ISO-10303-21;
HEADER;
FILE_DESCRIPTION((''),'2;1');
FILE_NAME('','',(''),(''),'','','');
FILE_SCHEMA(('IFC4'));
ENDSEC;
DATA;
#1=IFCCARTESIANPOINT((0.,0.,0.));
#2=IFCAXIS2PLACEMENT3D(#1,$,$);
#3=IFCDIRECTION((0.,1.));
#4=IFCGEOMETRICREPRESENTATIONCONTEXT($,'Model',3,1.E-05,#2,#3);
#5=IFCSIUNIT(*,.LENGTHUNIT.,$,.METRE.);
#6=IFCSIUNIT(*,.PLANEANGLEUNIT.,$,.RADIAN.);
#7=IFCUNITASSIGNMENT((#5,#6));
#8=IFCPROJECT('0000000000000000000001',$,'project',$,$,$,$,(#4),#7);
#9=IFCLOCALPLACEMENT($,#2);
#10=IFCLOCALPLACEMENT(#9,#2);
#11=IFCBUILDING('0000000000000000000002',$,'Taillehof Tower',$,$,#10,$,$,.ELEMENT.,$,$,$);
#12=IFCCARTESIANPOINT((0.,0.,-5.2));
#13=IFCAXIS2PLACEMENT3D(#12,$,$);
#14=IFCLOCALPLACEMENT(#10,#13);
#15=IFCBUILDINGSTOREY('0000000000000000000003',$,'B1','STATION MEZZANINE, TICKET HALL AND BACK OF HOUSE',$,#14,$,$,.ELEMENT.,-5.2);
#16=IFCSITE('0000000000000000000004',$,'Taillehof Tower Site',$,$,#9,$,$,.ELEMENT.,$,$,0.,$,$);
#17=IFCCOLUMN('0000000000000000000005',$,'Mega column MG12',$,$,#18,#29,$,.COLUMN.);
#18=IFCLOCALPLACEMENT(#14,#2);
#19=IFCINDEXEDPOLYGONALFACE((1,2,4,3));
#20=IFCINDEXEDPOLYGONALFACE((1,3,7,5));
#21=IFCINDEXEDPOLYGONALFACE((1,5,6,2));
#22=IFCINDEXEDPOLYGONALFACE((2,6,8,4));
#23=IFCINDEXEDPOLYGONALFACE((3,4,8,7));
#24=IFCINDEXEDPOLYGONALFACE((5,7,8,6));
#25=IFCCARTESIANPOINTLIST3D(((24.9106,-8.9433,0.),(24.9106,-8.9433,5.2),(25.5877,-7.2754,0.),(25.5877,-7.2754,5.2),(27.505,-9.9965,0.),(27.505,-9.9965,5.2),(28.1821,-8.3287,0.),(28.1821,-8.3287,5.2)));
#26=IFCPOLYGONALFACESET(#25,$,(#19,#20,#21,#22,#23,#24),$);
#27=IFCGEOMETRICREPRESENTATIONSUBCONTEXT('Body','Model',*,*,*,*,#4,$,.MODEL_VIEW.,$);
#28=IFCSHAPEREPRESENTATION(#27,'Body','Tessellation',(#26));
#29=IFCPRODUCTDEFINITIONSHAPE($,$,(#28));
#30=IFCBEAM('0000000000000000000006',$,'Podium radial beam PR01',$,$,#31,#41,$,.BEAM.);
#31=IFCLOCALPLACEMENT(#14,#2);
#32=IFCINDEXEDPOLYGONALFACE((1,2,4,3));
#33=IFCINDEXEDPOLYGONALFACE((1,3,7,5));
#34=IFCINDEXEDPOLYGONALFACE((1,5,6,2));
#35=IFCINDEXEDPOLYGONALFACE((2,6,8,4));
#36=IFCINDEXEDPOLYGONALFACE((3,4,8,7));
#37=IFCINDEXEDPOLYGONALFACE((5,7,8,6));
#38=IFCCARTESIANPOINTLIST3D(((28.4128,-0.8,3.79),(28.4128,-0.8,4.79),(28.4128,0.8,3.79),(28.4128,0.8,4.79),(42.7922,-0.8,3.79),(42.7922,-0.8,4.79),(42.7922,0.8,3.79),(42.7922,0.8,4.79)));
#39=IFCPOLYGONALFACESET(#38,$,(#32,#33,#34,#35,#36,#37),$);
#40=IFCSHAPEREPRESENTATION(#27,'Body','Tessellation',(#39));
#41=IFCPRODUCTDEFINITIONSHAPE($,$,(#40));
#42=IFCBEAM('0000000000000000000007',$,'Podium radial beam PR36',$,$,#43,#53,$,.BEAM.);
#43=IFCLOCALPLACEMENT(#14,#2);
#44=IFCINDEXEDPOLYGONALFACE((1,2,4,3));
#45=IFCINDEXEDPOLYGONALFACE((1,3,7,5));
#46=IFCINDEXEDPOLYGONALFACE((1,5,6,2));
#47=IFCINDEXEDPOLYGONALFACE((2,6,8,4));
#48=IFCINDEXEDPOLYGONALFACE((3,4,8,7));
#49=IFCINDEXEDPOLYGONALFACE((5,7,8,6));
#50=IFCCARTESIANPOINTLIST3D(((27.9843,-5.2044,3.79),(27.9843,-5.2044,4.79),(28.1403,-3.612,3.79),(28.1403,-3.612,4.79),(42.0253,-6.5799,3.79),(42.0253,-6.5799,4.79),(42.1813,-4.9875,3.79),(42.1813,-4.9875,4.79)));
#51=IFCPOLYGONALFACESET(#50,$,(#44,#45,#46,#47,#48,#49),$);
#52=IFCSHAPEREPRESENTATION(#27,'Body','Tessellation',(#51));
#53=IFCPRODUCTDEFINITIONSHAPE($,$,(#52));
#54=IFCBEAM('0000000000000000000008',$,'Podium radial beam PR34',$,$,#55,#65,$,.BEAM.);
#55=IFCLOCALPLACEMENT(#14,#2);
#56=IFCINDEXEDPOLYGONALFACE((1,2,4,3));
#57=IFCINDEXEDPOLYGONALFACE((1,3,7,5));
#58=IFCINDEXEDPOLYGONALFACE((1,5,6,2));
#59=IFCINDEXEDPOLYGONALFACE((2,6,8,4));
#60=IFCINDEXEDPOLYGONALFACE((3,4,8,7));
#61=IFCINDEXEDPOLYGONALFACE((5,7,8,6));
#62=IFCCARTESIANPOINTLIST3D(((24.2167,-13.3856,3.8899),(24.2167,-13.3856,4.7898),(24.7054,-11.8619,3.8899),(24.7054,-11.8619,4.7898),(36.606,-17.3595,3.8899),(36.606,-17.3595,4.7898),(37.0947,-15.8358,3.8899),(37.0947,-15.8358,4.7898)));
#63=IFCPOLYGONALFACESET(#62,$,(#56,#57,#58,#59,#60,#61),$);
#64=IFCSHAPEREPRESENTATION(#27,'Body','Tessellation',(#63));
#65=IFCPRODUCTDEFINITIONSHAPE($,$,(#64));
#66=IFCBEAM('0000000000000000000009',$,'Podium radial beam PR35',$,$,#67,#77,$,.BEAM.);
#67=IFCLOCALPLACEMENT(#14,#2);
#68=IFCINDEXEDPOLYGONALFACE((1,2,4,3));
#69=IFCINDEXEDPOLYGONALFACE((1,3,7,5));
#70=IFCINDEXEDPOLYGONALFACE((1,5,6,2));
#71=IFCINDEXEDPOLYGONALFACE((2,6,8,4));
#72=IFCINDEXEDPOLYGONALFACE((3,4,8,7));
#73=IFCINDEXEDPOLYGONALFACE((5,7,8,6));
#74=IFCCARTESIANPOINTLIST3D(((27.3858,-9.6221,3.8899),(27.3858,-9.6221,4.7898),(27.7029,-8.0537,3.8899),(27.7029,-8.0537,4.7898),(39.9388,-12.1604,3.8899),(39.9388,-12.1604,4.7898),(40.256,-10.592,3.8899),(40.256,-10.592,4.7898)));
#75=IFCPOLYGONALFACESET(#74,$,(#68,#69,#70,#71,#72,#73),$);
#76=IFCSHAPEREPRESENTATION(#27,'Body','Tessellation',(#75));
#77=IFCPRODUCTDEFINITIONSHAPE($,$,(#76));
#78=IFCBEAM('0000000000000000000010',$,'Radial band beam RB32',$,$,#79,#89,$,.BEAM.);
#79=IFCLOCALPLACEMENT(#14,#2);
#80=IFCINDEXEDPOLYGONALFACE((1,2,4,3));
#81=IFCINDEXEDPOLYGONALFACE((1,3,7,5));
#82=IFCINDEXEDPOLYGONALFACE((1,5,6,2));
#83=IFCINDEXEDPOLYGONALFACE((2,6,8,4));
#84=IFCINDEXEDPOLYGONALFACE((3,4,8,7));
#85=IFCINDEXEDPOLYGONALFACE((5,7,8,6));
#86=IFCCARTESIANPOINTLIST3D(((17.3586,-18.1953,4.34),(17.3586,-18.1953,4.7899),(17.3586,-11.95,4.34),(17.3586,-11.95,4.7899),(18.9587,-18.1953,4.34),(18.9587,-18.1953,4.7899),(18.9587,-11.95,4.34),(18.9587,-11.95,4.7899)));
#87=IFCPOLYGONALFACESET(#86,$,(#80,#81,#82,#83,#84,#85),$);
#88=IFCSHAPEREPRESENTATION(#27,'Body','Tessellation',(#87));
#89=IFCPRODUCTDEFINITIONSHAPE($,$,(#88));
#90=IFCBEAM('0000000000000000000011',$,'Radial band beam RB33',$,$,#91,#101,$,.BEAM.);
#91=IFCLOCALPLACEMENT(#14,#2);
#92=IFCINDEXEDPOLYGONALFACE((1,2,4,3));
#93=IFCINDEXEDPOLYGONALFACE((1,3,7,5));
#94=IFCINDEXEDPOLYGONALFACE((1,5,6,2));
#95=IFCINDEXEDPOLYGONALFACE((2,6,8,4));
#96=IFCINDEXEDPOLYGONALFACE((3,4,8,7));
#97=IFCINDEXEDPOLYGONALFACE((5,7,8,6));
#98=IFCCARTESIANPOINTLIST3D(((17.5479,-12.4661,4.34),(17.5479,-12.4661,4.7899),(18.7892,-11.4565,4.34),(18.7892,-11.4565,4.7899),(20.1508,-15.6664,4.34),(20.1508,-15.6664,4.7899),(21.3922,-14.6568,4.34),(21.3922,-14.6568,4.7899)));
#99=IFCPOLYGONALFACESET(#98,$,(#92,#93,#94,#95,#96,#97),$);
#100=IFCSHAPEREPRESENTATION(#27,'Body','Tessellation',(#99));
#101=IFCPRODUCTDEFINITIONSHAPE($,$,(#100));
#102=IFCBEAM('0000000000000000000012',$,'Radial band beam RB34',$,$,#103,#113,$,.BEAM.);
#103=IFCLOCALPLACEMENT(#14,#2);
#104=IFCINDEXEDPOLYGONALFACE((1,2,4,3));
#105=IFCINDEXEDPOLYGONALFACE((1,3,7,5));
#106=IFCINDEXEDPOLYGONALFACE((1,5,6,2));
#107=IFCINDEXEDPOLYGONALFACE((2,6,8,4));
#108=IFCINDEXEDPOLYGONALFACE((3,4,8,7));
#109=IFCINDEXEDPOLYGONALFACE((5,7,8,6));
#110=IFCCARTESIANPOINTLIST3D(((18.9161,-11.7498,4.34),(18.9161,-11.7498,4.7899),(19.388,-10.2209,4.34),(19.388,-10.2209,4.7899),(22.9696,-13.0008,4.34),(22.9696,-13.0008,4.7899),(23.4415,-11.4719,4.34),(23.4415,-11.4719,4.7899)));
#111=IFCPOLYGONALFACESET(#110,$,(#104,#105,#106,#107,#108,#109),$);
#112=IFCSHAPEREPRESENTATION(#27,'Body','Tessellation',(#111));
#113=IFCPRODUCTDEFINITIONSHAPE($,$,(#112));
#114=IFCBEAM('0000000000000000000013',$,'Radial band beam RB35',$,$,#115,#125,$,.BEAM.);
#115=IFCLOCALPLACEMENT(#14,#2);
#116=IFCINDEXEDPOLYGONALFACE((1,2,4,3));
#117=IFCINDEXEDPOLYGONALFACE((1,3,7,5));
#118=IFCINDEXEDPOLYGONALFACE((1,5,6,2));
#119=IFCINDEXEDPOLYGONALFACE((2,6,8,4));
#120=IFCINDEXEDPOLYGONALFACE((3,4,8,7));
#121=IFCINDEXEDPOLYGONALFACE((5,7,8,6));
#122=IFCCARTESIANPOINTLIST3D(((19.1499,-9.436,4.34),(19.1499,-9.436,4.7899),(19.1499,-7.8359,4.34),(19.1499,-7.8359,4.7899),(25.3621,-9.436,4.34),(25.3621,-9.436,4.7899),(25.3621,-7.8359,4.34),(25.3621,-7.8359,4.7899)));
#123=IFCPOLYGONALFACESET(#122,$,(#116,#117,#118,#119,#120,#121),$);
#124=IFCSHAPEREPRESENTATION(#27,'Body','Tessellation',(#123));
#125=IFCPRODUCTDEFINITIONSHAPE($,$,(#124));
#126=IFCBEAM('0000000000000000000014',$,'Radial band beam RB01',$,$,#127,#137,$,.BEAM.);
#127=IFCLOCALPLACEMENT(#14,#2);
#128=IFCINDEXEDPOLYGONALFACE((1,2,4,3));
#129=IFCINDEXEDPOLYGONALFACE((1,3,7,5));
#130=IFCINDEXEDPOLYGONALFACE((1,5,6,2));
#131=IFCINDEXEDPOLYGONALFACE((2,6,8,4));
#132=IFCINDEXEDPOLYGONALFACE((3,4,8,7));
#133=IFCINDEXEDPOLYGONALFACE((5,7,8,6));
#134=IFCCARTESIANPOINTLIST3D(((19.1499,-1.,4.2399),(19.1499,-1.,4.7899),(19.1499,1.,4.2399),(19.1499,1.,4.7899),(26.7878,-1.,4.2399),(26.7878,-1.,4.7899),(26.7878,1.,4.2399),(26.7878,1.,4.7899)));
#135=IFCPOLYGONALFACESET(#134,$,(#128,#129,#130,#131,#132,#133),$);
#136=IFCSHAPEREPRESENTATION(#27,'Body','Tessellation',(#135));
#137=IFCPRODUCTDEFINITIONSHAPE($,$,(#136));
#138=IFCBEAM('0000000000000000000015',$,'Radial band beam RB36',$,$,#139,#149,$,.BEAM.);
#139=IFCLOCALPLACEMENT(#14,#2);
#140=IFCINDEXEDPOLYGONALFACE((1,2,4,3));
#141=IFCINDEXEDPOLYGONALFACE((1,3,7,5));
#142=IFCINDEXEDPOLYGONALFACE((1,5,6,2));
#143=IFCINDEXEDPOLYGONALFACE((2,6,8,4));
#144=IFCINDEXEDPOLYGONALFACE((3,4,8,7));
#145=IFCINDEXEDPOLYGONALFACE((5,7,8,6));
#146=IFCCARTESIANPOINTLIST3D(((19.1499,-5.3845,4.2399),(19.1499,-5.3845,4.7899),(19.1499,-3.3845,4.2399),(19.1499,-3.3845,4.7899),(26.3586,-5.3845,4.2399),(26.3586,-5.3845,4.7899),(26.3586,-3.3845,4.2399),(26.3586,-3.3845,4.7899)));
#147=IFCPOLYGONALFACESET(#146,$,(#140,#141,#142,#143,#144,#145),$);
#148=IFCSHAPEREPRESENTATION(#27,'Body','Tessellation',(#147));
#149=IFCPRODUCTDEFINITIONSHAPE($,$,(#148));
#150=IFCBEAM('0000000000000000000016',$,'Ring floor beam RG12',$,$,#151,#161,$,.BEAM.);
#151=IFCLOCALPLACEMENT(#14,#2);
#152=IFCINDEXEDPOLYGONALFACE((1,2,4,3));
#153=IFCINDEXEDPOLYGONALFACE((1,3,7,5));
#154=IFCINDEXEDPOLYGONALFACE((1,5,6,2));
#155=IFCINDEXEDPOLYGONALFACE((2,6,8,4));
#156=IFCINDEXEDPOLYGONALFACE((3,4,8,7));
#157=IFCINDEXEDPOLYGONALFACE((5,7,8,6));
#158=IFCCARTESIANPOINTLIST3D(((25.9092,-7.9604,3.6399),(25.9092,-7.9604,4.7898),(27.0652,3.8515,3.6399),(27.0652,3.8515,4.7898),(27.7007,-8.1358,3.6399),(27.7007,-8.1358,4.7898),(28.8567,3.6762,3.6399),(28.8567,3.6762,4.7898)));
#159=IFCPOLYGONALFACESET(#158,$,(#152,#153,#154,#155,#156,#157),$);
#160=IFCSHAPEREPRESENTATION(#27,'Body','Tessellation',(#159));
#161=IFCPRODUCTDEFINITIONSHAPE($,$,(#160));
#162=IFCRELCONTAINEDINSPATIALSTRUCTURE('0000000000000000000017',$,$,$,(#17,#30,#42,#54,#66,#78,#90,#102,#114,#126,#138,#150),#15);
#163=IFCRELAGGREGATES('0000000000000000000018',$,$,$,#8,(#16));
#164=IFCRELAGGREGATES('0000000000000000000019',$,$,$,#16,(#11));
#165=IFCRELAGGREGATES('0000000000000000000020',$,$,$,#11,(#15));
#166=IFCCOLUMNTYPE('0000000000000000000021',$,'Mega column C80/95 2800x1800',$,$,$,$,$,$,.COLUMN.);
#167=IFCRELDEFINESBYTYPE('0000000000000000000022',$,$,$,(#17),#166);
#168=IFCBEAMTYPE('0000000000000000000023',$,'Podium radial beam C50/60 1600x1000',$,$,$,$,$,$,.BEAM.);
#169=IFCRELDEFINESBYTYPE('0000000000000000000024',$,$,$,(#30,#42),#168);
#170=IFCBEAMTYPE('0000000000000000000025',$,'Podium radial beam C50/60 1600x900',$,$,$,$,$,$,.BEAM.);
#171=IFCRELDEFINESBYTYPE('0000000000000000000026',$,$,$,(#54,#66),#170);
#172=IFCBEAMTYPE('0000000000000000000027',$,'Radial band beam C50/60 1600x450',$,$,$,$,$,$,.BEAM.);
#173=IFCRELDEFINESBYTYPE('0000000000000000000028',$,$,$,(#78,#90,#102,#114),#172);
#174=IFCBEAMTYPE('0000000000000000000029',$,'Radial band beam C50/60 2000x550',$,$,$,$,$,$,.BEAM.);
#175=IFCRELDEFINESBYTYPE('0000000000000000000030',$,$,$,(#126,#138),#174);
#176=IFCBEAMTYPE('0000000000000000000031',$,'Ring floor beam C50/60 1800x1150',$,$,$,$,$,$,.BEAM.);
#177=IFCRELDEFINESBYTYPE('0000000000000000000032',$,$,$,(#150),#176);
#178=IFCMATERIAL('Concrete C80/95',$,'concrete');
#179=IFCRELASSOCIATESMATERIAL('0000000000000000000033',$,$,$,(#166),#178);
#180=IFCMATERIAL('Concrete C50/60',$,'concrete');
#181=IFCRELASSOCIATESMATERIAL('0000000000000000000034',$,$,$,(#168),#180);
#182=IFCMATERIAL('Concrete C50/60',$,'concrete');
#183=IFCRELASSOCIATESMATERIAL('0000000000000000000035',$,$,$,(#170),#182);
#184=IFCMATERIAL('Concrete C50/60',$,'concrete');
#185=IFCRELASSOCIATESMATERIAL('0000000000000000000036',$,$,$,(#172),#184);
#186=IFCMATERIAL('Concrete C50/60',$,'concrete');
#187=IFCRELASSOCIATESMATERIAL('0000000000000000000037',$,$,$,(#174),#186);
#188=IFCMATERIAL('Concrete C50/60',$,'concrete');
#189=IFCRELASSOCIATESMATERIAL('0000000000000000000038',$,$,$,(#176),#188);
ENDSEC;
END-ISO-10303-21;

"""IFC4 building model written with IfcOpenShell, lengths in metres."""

from ifc_helpers import new_model, si_unit, direction, frame, origin, origin_2d, place, context, subcontext, project, spatial, rectangle, extrude, material, material_profile, profile_set, type_object, element, save


model = new_model("IFC4")

# Units and contexts
model_context = context("Model", 3, precision=1e-05, world=origin(), true_north=direction((0.0, 1.0)))
body_context = subcontext(model_context, "Body", "Model", "MODEL_VIEW")
ifc_project = project(units=[si_unit("LENGTHUNIT", "METRE"), si_unit("PLANEANGLEUNIT", "RADIAN")], contexts=[model_context])

# Site, building, storey
site_placement = place(None, origin())
site = spatial("IfcSite", under=ifc_project, at=site_placement, Name="Taillehof Tower Site", CompositionType="ELEMENT", RefElevation=0.0)
building_placement = place(site_placement, origin())
building = spatial("IfcBuilding", under=site, at=building_placement, Name="Taillehof Tower", CompositionType="ELEMENT")
storey_placement = place(building_placement, frame((0.0, 0.0, -5.2)))
storey = spatial("IfcBuildingStorey", under=building, at=storey_placement, Name="B1", Description="STATION MEZZANINE, TICKET HALL AND BACK OF HOUSE", CompositionType="ELEMENT", Elevation=-5.2)

# Column
ifc_material_1 = material(Name="Concrete C80/95", Category="concrete")
ifc_material_profile_1 = material_profile(ifc_material_1, rectangle(XDim=2.8, YDim=1.8, at=origin_2d()), Name="RC 2800x1800")
ifc_profile_set_1 = profile_set([ifc_material_profile_1], Name="Concrete C80/95")
column_type = type_object("IfcColumnType", Name="Mega column C80/95 2800x1800", PredefinedType="COLUMN", material=ifc_profile_set_1)
column_placement = place(storey_placement, frame((26.5464, -8.636, 0.0), z_axis=(0.0, 0.0, 1.0), x_axis=(0.926558, -0.376152, 0.0)))
element("IfcColumn", 1, at=column_placement, inside=storey, type_object=column_type, Name="Mega column MG12", PredefinedType="COLUMN", context=body_context, shape_type="SweptSolid", body=[
    extrude(rectangle(XDim=2.8, YDim=1.8, at=origin_2d()), origin(), (0.0, 0.0, 1.0), 5.2),
])

# Beams
ifc_material_2 = material(Name="Concrete C50/60", Category="concrete")
ifc_material_profile_2 = material_profile(ifc_material_2, rectangle(XDim=1.6001, YDim=1.0, at=origin_2d()), Name="RC 1600x1000")
ifc_profile_set_2 = profile_set([ifc_material_profile_2], Name="Concrete C50/60")
beam_type_1 = type_object("IfcBeamType", Name="Podium radial beam C50/60 1600x1000", PredefinedType="BEAM", material=ifc_profile_set_2)
beam_1_placement = place(storey_placement, frame((42.7922, 0.0, 4.29), z_axis=(-1.0, 0.0, 0.0), x_axis=(0.0, -1.0, 0.0)))
element("IfcBeam", 2, at=beam_1_placement, inside=storey, type_object=beam_type_1, Name="Podium radial beam PR01", PredefinedType="BEAM", context=body_context, shape_type="SweptSolid", body=[
    extrude(rectangle(XDim=1.6001, YDim=1.0, at=origin_2d()), origin(), (0.0, 0.0, 1.0), 14.3794),
])
beam_2_placement = place(storey_placement, frame((42.1033, -5.7837, 4.29), z_axis=(-0.995236, 0.097495, 0.0), x_axis=(-0.097495, -0.995236, 0.0)))
element("IfcBeam", 3, at=beam_2_placement, inside=storey, type_object=beam_type_1, Name="Podium radial beam PR36", PredefinedType="BEAM", context=body_context, shape_type="SweptSolid", body=[
    extrude(rectangle(XDim=1.6001, YDim=1.0, at=origin_2d()), origin(), (0.0, 0.0, 1.0), 14.1082),
])
ifc_material_3 = material(Name="Concrete C50/60", Category="concrete")
ifc_material_profile_3 = material_profile(ifc_material_3, rectangle(XDim=1.6001, YDim=0.8999, at=origin_2d()), Name="RC 1600x900")
ifc_profile_set_3 = profile_set([ifc_material_profile_3], Name="Concrete C50/60")
beam_type_2 = type_object("IfcBeamType", Name="Podium radial beam C50/60 1600x900", PredefinedType="BEAM", material=ifc_profile_set_3)
beam_3_placement = place(storey_placement, frame((36.8503, -16.5977, 4.3398), z_axis=(-0.952215, 0.305427, 0.0), x_axis=(-0.305427, -0.952215, 0.0)))
element("IfcBeam", 4, at=beam_3_placement, inside=storey, type_object=beam_type_2, Name="Podium radial beam PR34", PredefinedType="BEAM", context=body_context, shape_type="SweptSolid", body=[
    extrude(rectangle(XDim=1.6001, YDim=0.8999, at=origin_2d()), origin(), (0.0, 0.0, 1.0), 13.011),
])
beam_4_placement = place(storey_placement, frame((40.0974, -11.3762, 4.3398), z_axis=(-0.980162, 0.198198, 0.0), x_axis=(-0.198198, -0.980162, 0.0)))
element("IfcBeam", 5, at=beam_4_placement, inside=storey, type_object=beam_type_2, Name="Podium radial beam PR35", PredefinedType="BEAM", context=body_context, shape_type="SweptSolid", body=[
    extrude(rectangle(XDim=1.6001, YDim=0.8999, at=origin_2d()), origin(), (0.0, 0.0, 1.0), 12.8071),
])
ifc_material_4 = material(Name="Concrete C50/60", Category="concrete")
ifc_material_profile_4 = material_profile(ifc_material_4, rectangle(XDim=1.6001, YDim=0.45, at=origin_2d()), Name="RC 1600x450")
ifc_profile_set_4 = profile_set([ifc_material_profile_4], Name="Concrete C50/60")
beam_type_3 = type_object("IfcBeamType", Name="Radial band beam C50/60 1600x450", PredefinedType="BEAM", material=ifc_profile_set_4)
beam_5_placement = place(storey_placement, frame((18.1587, -18.1953, 4.5649), z_axis=(0.0, 1.0, 0.0), x_axis=(-1.0, 0.0, 0.0)))
element("IfcBeam", 6, at=beam_5_placement, inside=storey, type_object=beam_type_3, Name="Radial band beam RB32", PredefinedType="BEAM", context=body_context, shape_type="SweptSolid", body=[
    extrude(rectangle(XDim=1.6001, YDim=0.45, at=origin_2d()), origin(), (0.0, 0.0, 1.0), 6.2454),
])
beam_6_placement = place(storey_placement, frame((20.7715, -15.1616, 4.5649), z_axis=(-0.630982, 0.775797, 0.0), x_axis=(-0.775797, -0.630982, 0.0)))
element("IfcBeam", 7, at=beam_6_placement, inside=storey, type_object=beam_type_3, Name="Radial band beam RB33", PredefinedType="BEAM", context=body_context, shape_type="SweptSolid", body=[
    extrude(rectangle(XDim=1.6001, YDim=0.45, at=origin_2d()), origin(), (0.0, 0.0, 1.0), 4.1252),
])
beam_7_placement = place(storey_placement, frame((23.2056, -12.2363, 4.5649), z_axis=(-0.95553, 0.294895, 0.0), x_axis=(-0.294895, -0.95553, 0.0)))
element("IfcBeam", 8, at=beam_7_placement, inside=storey, type_object=beam_type_3, Name="Radial band beam RB34", PredefinedType="BEAM", context=body_context, shape_type="SweptSolid", body=[
    extrude(rectangle(XDim=1.6001, YDim=0.45, at=origin_2d()), origin(), (0.0, 0.0, 1.0), 4.2422),
])
beam_8_placement = place(storey_placement, frame((25.3621, -8.636, 4.5649), z_axis=(-1.0, 0.0, 0.0), x_axis=(0.0, -1.0, 0.0)))
element("IfcBeam", 9, at=beam_8_placement, inside=storey, type_object=beam_type_3, Name="Radial band beam RB35", PredefinedType="BEAM", context=body_context, shape_type="SweptSolid", body=[
    extrude(rectangle(XDim=1.6001, YDim=0.45, at=origin_2d()), origin(), (0.0, 0.0, 1.0), 6.2122),
])
ifc_material_5 = material(Name="Concrete C50/60", Category="concrete")
ifc_material_profile_5 = material_profile(ifc_material_5, rectangle(XDim=2.0, YDim=0.55, at=origin_2d()), Name="RC 2000x550")
ifc_profile_set_5 = profile_set([ifc_material_profile_5], Name="Concrete C50/60")
beam_type_4 = type_object("IfcBeamType", Name="Radial band beam C50/60 2000x550", PredefinedType="BEAM", material=ifc_profile_set_5)
beam_9_placement = place(storey_placement, frame((26.7878, 0.0, 4.5149), z_axis=(-1.0, 0.0, 0.0), x_axis=(0.0, -1.0, 0.0)))
element("IfcBeam", 10, at=beam_9_placement, inside=storey, type_object=beam_type_4, Name="Radial band beam RB01", PredefinedType="BEAM", context=body_context, shape_type="SweptSolid", body=[
    extrude(rectangle(XDim=2.0, YDim=0.55, at=origin_2d()), origin(), (0.0, 0.0, 1.0), 7.6379),
])
beam_10_placement = place(storey_placement, frame((26.3586, -4.3845, 4.5149), z_axis=(-1.0, 0.0, 0.0), x_axis=(0.0, -1.0, 0.0)))
element("IfcBeam", 11, at=beam_10_placement, inside=storey, type_object=beam_type_4, Name="Radial band beam RB36", PredefinedType="BEAM", context=body_context, shape_type="SweptSolid", body=[
    extrude(rectangle(XDim=2.0, YDim=0.55, at=origin_2d()), origin(), (0.0, 0.0, 1.0), 7.2087),
])
ifc_material_6 = material(Name="Concrete C50/60", Category="concrete")
ifc_material_profile_6 = material_profile(ifc_material_6, rectangle(XDim=1.8, YDim=1.1499, at=origin_2d()), Name="RC 1800x1150")
ifc_profile_set_6 = profile_set([ifc_material_profile_6], Name="Concrete C50/60")
beam_type_5 = type_object("IfcBeamType", Name="Ring floor beam C50/60 1800x1150", PredefinedType="BEAM", material=ifc_profile_set_6)
beam_11_placement = place(storey_placement, frame((26.8049, -8.0481, 4.2148), z_axis=(0.097402, 0.995245, 0.0), x_axis=(-0.995245, 0.097402, 0.0)))
element("IfcBeam", 12, at=beam_11_placement, inside=storey, type_object=beam_type_5, Name="Ring floor beam RG12", PredefinedType="BEAM", context=body_context, shape_type="SweptSolid", body=[
    extrude(rectangle(XDim=1.8, YDim=1.1499, at=origin_2d()), origin(), (0.0, 0.0, 1.0), 11.8684),
])

save(model, "model.ifc")
